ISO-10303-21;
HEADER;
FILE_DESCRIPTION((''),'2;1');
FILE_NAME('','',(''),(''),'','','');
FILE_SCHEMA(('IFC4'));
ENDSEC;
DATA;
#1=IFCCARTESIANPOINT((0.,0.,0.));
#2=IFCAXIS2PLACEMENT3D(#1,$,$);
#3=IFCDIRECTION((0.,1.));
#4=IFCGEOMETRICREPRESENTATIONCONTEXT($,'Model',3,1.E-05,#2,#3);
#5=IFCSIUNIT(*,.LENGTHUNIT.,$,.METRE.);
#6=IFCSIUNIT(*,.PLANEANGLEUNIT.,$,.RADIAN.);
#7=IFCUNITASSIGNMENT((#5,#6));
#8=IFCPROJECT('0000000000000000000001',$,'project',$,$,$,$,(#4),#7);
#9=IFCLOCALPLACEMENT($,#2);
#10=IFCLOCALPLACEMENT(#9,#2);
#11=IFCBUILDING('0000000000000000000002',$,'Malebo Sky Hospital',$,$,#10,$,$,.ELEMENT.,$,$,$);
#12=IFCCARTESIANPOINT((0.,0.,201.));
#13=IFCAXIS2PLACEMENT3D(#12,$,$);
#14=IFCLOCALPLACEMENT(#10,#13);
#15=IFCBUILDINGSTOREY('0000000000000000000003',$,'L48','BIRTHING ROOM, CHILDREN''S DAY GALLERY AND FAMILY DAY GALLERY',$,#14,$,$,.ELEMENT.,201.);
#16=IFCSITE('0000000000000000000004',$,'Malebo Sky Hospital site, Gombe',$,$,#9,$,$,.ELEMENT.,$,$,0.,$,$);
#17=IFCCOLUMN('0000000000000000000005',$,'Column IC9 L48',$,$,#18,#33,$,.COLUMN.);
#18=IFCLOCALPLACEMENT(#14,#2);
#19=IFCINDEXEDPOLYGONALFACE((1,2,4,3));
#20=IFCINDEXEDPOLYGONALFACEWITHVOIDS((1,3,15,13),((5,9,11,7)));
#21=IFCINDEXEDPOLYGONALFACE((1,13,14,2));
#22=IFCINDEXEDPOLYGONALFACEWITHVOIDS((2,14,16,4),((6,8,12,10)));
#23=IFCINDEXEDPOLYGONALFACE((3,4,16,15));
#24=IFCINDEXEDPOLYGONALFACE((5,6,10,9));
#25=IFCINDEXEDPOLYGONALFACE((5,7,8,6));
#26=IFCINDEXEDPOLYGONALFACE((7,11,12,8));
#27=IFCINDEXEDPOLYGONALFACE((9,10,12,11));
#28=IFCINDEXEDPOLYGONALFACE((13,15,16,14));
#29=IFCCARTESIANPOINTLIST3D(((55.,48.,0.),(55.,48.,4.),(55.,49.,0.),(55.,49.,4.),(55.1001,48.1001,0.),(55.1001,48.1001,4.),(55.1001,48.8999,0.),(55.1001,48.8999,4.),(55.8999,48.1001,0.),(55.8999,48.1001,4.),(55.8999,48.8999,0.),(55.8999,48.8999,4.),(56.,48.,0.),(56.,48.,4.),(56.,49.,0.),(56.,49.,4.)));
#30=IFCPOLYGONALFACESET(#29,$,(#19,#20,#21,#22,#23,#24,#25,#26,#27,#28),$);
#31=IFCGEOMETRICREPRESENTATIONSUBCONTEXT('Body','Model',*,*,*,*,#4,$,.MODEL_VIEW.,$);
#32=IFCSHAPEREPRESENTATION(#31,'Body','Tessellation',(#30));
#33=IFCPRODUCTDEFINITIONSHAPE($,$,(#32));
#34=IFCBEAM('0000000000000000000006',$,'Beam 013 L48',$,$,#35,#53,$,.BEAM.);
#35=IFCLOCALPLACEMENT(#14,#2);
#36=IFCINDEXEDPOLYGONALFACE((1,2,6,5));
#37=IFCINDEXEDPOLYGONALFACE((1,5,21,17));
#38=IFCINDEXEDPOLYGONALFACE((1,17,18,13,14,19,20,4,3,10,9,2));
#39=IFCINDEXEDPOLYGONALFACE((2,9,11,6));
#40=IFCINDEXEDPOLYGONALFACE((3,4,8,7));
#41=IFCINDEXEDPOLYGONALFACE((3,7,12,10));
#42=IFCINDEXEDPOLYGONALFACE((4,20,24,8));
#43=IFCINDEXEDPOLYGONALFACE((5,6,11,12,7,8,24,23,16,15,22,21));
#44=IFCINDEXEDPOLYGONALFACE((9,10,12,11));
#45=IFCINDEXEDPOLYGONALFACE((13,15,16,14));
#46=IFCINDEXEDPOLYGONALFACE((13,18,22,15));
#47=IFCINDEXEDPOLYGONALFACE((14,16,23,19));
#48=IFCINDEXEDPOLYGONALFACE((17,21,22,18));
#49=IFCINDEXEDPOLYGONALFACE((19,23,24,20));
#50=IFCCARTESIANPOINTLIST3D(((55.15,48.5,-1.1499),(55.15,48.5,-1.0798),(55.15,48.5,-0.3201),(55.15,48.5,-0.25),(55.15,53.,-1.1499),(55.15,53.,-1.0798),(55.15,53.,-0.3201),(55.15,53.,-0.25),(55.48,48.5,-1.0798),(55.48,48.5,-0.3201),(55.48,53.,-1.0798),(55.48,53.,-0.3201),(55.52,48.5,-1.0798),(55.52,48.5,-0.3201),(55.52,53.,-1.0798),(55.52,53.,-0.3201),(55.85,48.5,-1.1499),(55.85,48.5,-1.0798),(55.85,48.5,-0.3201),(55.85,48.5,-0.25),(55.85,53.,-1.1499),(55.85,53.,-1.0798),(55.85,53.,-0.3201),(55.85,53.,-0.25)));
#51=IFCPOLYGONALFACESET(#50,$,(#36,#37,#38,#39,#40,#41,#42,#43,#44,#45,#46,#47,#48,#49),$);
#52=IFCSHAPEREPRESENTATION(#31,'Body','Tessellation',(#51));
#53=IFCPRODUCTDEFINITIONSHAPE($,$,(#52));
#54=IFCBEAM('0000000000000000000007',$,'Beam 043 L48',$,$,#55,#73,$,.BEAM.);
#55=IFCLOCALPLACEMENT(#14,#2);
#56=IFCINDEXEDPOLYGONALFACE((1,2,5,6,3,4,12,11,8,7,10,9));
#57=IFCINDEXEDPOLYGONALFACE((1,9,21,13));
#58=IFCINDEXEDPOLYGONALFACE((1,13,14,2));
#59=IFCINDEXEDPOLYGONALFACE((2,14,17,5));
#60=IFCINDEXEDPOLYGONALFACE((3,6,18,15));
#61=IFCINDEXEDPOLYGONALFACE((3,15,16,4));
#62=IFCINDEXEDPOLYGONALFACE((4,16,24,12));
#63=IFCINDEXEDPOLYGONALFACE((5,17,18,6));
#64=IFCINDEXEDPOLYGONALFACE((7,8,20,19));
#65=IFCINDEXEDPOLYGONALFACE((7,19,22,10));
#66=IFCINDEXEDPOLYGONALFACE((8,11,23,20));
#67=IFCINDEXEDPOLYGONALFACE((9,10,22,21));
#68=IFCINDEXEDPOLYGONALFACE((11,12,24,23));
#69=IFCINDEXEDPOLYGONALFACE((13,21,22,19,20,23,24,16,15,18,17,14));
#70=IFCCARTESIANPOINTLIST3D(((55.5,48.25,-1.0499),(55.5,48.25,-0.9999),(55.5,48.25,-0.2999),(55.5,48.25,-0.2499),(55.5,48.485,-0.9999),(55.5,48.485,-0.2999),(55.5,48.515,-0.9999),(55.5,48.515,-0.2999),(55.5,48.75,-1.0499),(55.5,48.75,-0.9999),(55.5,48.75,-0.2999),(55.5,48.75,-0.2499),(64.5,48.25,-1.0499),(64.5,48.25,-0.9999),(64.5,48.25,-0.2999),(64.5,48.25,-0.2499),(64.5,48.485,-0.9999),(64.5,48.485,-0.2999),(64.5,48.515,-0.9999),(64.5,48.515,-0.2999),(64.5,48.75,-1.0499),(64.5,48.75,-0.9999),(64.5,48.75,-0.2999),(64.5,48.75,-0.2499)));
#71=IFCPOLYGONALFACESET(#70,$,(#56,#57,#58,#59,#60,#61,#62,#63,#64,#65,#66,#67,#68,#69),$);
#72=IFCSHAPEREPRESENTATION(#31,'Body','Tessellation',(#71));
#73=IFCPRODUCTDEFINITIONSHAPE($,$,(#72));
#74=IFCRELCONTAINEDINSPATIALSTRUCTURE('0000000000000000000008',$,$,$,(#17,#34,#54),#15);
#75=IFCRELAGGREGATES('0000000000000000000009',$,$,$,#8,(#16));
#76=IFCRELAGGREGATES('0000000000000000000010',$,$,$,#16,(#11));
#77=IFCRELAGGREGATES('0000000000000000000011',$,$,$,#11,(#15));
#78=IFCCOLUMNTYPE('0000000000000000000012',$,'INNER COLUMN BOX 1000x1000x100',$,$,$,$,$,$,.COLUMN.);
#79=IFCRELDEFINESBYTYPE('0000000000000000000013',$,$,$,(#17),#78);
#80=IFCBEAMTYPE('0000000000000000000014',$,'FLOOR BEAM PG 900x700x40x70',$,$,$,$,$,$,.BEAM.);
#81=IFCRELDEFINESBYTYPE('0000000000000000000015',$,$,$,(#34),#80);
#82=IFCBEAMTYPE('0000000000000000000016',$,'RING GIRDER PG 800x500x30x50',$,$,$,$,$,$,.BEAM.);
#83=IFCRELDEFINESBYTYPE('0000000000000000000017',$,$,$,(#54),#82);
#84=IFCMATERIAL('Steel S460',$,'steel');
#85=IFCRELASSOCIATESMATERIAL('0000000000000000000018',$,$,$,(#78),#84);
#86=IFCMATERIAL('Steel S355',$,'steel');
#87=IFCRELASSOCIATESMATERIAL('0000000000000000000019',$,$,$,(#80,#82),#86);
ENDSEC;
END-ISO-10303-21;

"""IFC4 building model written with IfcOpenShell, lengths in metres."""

from ifc_helpers import new_model, si_unit, direction, frame, origin, origin_2d, place, context, subcontext, project, spatial, hollow_rectangle, i_section, extrude, material, material_profile, profile_set, type_object, element, save


model = new_model("IFC4")

# Units and contexts
model_context = context("Model", 3, precision=1e-05, world=origin(), true_north=direction((0.0, 1.0)))
body_context = subcontext(model_context, "Body", "Model", "MODEL_VIEW")
ifc_project = project(units=[si_unit("LENGTHUNIT", "METRE"), si_unit("PLANEANGLEUNIT", "RADIAN")], contexts=[model_context])

# Site, building, storey
site_placement = place(None, origin())
site = spatial("IfcSite", under=ifc_project, at=site_placement, Name="Malebo Sky Hospital site, Gombe", CompositionType="ELEMENT", RefElevation=0.0)
building_placement = place(site_placement, origin())
building = spatial("IfcBuilding", under=site, at=building_placement, Name="Malebo Sky Hospital", CompositionType="ELEMENT")
storey_placement = place(building_placement, frame((0.0, 0.0, 201.0)))
storey = spatial("IfcBuildingStorey", under=building, at=storey_placement, Name="L48", Description="BIRTHING ROOM, CHILDREN'S DAY GALLERY AND FAMILY DAY GALLERY", CompositionType="ELEMENT", Elevation=201.0)

# Column
ifc_material_1 = material(Name="Steel S460", Category="steel")
ifc_material_profile_1 = material_profile(ifc_material_1, hollow_rectangle(XDim=1.0, YDim=1.0, WallThickness=0.1001, at=origin_2d()), Name="BOX 1000x1000x100")
ifc_profile_set_1 = profile_set([ifc_material_profile_1], Name="Steel S460")
column_type = type_object("IfcColumnType", Name="INNER COLUMN BOX 1000x1000x100", PredefinedType="COLUMN", material=ifc_profile_set_1)
column_placement = place(storey_placement, frame((55.5, 48.5, 0.0), z_axis=(0.0, 0.0, 1.0), x_axis=(1.0, 0.0, 0.0)))
element("IfcColumn", 1, at=column_placement, inside=storey, type_object=column_type, Name="Column IC9 L48", PredefinedType="COLUMN", context=body_context, shape_type="SweptSolid", body=[
    extrude(hollow_rectangle(XDim=1.0, YDim=1.0, WallThickness=0.1001, at=origin_2d()), origin(), (0.0, 0.0, 1.0), 4.0),
])

# Beams
ifc_material_2 = material(Name="Steel S355", Category="steel")
ifc_material_profile_2 = material_profile(ifc_material_2, i_section(OverallWidth=0.7, OverallDepth=0.8999, WebThickness=0.04, FlangeThickness=0.0701, at=origin_2d()), Name="PG 900x700x40x70")
ifc_profile_set_2 = profile_set([ifc_material_profile_2], Name="Steel S355")
beam_type_1 = type_object("IfcBeamType", Name="FLOOR BEAM PG 900x700x40x70", PredefinedType="BEAM", material=ifc_profile_set_2)
beam_1_placement = place(storey_placement, frame((55.5, 48.5, -0.7), z_axis=(0.0, 1.0, 0.0), x_axis=(-1.0, 0.0, 0.0)))
element("IfcBeam", 2, at=beam_1_placement, inside=storey, type_object=beam_type_1, Name="Beam 013 L48", PredefinedType="BEAM", context=body_context, shape_type="SweptSolid", body=[
    extrude(i_section(OverallWidth=0.7, OverallDepth=0.8999, WebThickness=0.04, FlangeThickness=0.0701, at=origin_2d()), origin(), (0.0, 0.0, 1.0), 4.5),
])
ifc_material_profile_3 = material_profile(ifc_material_2, i_section(OverallWidth=0.5, OverallDepth=0.8, WebThickness=0.03, FlangeThickness=0.05, at=origin_2d()), Name="PG 800x500x30x50")
ifc_profile_set_3 = profile_set([ifc_material_profile_3], Name="Steel S355")
beam_type_2 = type_object("IfcBeamType", Name="RING GIRDER PG 800x500x30x50", PredefinedType="BEAM", material=ifc_profile_set_3)
beam_2_placement = place(storey_placement, frame((55.5, 48.5, -0.6499), z_axis=(1.0, 0.0, 0.0), x_axis=(0.0, 1.0, 0.0)))
element("IfcBeam", 3, at=beam_2_placement, inside=storey, type_object=beam_type_2, Name="Beam 043 L48", PredefinedType="BEAM", context=body_context, shape_type="SweptSolid", body=[
    extrude(i_section(OverallWidth=0.5, OverallDepth=0.8, WebThickness=0.03, FlangeThickness=0.05, at=origin_2d()), origin(), (0.0, 0.0, 1.0), 9.0),
])

save(model, "model.ifc")
